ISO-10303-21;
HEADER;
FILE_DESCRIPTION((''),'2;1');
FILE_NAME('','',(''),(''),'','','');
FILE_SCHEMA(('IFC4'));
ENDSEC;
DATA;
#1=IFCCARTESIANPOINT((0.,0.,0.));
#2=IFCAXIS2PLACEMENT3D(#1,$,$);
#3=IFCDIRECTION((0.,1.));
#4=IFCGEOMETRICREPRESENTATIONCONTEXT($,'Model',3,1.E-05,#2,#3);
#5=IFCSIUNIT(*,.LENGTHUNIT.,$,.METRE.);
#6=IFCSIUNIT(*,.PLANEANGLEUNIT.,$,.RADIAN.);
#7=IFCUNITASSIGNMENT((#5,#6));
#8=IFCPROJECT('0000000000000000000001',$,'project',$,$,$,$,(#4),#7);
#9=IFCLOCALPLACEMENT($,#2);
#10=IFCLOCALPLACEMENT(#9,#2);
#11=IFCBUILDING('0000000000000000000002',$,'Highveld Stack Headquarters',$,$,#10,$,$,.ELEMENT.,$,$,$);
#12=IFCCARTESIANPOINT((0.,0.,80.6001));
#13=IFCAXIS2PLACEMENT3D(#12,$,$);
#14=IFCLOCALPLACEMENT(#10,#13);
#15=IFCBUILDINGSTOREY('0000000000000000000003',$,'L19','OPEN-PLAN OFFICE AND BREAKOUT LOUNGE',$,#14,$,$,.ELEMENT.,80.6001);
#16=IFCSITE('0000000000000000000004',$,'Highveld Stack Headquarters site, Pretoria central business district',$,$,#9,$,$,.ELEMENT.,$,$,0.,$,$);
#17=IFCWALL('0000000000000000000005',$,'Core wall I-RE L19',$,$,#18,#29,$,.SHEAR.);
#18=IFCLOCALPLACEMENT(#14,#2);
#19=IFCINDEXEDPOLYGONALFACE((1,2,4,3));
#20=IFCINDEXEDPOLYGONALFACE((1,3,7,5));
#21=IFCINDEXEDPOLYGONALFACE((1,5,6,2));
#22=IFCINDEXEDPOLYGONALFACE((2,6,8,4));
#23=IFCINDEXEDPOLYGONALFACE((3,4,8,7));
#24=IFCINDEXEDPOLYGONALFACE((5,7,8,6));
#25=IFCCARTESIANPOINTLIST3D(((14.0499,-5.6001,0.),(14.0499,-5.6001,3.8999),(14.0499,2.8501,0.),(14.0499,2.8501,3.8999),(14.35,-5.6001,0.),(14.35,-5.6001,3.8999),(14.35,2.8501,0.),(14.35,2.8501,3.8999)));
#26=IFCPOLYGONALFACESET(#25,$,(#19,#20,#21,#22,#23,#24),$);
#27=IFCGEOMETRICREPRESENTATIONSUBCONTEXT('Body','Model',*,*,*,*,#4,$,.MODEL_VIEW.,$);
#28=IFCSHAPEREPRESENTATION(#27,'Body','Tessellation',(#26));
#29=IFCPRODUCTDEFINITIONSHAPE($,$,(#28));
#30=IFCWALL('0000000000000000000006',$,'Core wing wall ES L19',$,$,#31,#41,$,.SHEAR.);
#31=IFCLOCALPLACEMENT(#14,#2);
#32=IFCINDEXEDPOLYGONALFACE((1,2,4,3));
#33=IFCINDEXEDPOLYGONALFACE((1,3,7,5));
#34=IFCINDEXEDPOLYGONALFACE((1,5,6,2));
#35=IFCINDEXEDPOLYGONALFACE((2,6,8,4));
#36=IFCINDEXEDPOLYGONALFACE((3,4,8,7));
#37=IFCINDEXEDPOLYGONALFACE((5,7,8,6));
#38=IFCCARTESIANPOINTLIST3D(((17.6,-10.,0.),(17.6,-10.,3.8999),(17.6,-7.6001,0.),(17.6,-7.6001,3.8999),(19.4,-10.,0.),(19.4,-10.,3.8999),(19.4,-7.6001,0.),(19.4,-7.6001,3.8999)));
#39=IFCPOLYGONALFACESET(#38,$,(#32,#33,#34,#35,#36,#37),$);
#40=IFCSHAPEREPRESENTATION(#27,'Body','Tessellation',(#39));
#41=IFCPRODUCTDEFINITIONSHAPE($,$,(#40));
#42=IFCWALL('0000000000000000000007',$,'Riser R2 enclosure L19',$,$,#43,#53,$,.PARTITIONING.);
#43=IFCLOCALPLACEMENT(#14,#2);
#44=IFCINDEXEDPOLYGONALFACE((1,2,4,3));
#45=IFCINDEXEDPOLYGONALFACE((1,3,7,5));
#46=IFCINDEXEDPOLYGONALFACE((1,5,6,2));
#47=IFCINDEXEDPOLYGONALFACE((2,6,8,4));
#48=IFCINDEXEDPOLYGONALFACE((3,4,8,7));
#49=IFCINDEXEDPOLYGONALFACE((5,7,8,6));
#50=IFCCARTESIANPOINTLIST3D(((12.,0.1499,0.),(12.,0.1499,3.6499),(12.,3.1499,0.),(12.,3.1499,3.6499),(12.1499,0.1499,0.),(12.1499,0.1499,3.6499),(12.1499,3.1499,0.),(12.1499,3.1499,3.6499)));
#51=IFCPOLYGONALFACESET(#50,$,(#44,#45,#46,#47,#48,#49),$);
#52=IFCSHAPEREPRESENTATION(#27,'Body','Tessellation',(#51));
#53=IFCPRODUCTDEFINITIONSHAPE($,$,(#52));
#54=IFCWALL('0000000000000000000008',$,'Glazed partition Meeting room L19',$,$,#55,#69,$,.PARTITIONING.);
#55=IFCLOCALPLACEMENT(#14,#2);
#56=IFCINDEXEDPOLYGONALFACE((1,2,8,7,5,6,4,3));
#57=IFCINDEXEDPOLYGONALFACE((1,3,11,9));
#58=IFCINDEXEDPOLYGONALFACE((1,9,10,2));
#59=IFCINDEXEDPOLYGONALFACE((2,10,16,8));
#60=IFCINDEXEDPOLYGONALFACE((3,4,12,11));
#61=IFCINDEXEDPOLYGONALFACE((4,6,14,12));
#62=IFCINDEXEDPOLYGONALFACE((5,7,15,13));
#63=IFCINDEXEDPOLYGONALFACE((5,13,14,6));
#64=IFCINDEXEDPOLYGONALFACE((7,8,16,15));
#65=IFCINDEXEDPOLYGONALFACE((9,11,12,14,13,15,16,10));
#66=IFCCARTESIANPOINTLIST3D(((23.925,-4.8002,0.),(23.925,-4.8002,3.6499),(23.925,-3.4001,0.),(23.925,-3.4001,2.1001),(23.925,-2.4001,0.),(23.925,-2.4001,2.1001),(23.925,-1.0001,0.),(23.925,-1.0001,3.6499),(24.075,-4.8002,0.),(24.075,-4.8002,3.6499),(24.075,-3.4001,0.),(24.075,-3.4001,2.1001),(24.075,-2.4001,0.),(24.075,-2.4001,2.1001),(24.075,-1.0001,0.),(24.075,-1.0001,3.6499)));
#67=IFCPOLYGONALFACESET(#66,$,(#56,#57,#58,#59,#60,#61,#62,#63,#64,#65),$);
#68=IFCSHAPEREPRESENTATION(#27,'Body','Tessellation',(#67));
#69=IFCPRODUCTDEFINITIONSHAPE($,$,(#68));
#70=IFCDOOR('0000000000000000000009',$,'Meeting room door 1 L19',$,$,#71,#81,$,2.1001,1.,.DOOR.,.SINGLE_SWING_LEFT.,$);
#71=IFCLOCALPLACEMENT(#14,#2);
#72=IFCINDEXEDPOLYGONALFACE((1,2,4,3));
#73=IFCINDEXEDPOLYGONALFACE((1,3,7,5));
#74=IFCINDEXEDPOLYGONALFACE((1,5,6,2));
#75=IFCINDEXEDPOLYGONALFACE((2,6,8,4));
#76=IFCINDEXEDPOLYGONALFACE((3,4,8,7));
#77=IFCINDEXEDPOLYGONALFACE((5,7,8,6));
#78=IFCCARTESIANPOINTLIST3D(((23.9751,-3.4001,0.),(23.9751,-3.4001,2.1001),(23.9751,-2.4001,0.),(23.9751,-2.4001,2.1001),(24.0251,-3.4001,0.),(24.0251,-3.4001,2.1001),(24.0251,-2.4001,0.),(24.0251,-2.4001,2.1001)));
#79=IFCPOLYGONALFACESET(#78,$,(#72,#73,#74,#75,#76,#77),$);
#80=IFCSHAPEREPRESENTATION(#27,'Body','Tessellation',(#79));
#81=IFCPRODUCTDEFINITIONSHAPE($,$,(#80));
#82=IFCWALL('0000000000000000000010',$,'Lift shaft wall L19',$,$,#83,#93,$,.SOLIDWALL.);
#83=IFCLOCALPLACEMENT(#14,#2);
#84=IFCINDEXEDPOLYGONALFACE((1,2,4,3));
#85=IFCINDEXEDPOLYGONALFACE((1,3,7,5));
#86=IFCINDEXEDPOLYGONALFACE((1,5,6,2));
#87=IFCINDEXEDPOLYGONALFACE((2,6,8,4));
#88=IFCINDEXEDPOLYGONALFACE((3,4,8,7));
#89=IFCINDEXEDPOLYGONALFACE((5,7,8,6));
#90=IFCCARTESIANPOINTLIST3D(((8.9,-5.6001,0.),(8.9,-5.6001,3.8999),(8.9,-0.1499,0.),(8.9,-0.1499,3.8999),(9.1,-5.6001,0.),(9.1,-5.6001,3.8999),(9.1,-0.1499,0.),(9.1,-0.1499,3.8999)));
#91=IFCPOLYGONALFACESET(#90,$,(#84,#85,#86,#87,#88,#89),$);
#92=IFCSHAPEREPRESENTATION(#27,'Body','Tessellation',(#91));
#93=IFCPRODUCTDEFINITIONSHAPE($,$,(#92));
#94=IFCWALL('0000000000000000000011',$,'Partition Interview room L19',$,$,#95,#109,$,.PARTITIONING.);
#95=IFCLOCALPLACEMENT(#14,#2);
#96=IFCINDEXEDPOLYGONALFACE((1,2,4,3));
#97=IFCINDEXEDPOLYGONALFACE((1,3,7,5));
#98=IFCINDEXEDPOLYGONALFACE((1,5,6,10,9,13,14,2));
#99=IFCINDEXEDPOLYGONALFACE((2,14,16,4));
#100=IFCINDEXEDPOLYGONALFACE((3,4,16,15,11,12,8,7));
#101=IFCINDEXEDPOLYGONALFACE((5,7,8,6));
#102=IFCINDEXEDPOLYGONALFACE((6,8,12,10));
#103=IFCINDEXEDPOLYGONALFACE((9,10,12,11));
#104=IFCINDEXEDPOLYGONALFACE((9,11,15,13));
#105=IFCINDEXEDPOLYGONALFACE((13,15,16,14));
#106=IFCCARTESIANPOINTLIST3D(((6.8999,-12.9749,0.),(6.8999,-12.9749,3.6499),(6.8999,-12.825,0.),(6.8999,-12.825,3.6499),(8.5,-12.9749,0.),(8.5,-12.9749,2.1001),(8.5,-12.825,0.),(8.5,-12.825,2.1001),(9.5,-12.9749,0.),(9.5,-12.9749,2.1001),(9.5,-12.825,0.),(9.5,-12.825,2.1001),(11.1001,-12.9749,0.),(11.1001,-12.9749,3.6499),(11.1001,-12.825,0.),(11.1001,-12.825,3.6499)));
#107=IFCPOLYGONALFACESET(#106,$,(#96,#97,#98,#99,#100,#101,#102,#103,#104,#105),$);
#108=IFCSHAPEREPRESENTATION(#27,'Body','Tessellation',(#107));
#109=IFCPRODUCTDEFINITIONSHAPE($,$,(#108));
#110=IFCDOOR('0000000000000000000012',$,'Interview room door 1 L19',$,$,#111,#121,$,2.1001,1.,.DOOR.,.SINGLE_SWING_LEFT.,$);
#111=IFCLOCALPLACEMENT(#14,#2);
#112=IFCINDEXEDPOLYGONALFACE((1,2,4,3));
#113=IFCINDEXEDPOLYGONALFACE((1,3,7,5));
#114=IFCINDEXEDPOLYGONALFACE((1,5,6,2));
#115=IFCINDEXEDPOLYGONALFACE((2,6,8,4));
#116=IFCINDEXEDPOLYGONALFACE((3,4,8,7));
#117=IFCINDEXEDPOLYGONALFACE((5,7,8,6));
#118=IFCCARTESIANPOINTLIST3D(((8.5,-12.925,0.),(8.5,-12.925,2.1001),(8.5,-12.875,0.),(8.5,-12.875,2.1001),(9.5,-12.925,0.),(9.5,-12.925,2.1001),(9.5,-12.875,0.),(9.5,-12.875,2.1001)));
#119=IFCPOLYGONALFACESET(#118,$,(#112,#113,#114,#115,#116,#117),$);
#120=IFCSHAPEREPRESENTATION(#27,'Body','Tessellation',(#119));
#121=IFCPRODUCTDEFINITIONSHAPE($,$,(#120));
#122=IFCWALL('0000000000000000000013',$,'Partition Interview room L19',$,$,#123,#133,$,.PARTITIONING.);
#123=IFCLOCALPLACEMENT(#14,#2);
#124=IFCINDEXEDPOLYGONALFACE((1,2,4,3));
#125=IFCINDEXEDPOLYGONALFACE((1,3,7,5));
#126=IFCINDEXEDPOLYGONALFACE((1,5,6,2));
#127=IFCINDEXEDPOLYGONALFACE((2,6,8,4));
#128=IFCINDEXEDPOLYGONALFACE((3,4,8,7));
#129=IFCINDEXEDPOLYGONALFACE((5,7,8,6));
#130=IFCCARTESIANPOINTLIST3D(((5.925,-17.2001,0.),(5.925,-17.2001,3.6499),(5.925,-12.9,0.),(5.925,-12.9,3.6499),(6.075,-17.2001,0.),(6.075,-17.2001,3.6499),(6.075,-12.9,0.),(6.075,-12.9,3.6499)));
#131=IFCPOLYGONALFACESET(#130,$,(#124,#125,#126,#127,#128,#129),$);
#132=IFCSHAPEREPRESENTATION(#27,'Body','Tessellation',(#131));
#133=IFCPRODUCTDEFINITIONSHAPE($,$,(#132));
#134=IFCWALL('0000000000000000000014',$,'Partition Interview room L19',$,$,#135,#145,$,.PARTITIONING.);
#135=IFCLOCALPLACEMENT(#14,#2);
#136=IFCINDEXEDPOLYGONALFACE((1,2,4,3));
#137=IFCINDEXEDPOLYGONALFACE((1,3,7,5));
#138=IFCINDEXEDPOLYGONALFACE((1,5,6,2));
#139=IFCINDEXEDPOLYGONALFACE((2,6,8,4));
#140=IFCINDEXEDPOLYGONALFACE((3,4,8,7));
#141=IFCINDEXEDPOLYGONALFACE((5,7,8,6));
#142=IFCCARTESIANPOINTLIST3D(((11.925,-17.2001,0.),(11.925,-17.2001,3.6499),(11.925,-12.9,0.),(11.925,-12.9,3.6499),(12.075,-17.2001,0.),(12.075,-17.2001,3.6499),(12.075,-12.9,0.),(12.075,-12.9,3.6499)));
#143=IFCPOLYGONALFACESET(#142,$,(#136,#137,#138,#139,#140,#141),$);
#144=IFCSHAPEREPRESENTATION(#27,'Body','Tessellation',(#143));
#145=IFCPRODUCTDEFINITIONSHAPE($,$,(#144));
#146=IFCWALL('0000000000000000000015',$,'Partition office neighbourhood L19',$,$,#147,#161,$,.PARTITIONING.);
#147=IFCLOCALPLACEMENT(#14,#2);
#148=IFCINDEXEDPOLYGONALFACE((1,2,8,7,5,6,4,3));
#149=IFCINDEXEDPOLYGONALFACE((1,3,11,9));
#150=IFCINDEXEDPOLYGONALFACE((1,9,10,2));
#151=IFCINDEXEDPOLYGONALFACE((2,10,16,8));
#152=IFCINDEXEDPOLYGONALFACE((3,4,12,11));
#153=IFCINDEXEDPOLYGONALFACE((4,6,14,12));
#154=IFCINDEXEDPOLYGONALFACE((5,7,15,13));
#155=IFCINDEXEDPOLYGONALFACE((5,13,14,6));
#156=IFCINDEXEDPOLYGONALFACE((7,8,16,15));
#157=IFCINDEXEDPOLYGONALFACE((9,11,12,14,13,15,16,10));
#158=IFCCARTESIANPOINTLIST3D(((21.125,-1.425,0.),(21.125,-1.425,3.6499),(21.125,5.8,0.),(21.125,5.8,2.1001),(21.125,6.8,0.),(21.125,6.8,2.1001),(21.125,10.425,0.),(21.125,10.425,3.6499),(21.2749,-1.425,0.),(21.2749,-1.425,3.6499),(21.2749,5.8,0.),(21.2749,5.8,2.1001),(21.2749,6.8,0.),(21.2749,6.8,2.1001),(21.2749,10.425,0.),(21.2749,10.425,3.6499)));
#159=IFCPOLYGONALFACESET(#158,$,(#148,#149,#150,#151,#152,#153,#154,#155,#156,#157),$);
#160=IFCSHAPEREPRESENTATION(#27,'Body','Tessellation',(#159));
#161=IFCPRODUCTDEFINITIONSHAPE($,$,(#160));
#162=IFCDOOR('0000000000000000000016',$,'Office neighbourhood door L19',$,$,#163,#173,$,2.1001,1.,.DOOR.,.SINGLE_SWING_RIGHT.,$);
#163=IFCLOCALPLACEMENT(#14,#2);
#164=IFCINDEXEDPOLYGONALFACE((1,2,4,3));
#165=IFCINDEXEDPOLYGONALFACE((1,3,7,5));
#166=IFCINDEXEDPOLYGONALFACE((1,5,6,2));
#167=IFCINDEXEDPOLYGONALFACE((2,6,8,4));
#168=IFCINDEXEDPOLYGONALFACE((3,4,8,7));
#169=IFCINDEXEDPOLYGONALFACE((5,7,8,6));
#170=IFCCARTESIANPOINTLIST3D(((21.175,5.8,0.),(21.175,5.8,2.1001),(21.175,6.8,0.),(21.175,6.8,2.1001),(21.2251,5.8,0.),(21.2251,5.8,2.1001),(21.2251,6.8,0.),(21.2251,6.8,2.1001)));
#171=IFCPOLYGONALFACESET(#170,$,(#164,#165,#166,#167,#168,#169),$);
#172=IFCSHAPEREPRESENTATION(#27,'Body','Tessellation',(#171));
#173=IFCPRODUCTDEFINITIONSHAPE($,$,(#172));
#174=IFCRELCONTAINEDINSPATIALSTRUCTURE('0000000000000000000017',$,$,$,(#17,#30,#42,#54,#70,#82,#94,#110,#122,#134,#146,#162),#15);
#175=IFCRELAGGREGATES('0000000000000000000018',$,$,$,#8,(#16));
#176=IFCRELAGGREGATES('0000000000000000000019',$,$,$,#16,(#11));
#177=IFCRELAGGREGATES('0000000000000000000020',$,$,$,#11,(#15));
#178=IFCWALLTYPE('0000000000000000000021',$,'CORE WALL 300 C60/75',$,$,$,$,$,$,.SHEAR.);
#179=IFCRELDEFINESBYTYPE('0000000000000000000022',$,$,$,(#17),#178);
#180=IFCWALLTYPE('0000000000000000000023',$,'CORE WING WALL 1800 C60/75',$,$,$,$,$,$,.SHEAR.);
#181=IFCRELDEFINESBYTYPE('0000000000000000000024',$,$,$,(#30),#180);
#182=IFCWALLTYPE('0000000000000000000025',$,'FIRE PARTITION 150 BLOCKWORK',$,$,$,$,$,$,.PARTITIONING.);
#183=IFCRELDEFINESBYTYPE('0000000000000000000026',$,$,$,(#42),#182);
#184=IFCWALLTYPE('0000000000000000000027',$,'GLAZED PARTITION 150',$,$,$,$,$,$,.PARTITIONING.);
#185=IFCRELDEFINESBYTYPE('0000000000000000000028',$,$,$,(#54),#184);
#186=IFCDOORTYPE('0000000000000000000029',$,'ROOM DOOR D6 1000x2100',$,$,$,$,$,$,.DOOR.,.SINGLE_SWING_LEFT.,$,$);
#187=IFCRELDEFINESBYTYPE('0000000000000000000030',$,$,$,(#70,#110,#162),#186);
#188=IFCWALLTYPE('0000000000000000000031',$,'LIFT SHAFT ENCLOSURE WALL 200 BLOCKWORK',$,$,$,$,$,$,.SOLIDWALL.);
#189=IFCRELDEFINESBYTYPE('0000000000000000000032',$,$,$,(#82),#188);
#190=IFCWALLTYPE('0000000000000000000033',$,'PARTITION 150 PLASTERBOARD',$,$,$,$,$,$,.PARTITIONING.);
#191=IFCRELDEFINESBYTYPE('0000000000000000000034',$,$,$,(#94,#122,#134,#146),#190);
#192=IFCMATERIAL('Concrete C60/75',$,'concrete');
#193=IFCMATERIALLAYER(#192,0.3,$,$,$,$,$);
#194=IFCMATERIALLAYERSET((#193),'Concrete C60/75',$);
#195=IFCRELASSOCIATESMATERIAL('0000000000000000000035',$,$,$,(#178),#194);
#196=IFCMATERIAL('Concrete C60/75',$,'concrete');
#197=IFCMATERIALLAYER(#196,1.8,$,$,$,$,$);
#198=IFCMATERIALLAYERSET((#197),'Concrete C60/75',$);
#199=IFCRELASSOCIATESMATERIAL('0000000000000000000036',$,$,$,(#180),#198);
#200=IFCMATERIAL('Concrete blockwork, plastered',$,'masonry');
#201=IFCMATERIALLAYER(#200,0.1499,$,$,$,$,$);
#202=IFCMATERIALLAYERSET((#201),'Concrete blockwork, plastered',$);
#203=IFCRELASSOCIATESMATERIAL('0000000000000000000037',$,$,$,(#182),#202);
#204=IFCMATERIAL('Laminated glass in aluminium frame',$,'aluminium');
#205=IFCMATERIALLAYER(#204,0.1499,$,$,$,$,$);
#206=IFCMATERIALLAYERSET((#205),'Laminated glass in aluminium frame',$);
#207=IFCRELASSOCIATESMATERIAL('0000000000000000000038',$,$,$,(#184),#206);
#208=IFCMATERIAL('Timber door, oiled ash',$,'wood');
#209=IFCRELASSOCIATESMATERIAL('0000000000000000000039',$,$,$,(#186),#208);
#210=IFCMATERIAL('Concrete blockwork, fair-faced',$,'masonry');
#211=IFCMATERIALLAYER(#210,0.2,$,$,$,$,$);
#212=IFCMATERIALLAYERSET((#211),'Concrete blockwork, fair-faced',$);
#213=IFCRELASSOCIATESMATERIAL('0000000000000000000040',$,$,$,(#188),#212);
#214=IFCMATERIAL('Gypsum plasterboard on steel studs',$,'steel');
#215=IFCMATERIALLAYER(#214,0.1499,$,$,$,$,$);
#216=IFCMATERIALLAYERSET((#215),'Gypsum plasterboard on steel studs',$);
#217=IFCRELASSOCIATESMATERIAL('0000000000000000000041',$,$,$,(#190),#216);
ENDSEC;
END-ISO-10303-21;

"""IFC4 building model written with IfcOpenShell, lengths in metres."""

from ifc_helpers import new_model, si_unit, direction, frame, frame_2d, origin, place, context, subcontext, project, spatial, rectangle, extrude, material, layer, layer_set, type_object, element, fill, save


model = new_model("IFC4")

# Units and contexts
model_context = context("Model", 3, precision=1e-05, world=origin(), true_north=direction((0.0, 1.0)))
body_context = subcontext(model_context, "Body", "Model", "MODEL_VIEW")
ifc_project = project(units=[si_unit("LENGTHUNIT", "METRE"), si_unit("PLANEANGLEUNIT", "RADIAN")], contexts=[model_context])

# Site, building, storey
site_placement = place(None, origin())
site = spatial("IfcSite", under=ifc_project, at=site_placement, Name="Highveld Stack Headquarters site, Pretoria central business district", CompositionType="ELEMENT", RefElevation=0.0)
building_placement = place(site_placement, origin())
building = spatial("IfcBuilding", under=site, at=building_placement, Name="Highveld Stack Headquarters", CompositionType="ELEMENT")
storey_placement = place(building_placement, frame((0.0, 0.0, 80.6001)))
storey = spatial("IfcBuildingStorey", under=building, at=storey_placement, Name="L19", Description="OPEN-PLAN OFFICE AND BREAKOUT LOUNGE", CompositionType="ELEMENT", Elevation=80.6001)

# Shared definitions
ifc_material_1 = material(Name="Concrete C60/75", Category="concrete")
ifc_layer_1 = layer(ifc_material_1, 0.3)
ifc_layer_set_1 = layer_set([ifc_layer_1], Name="Concrete C60/75")
wall_type_1 = type_object("IfcWallType", Name="CORE WALL 300 C60/75", PredefinedType="SHEAR", material=ifc_layer_set_1)

# Walls
wall_1_placement = place(storey_placement, frame((14.2, -5.6001, 0.0), z_axis=(0.0, 0.0, 1.0), x_axis=(0.0, 1.0, 0.0)))
element("IfcWall", 1, at=wall_1_placement, inside=storey, type_object=wall_type_1, Name="Core wall I-RE L19", PredefinedType="SHEAR", context=body_context, shape_type="SweptSolid", body=[
    extrude(rectangle(XDim=8.4502, YDim=0.3, at=frame_2d((4.2251, 0.0))), origin(), (0.0, 0.0, 1.0), 3.8999),
])
ifc_material_2 = material(Name="Concrete C60/75", Category="concrete")
ifc_layer_2 = layer(ifc_material_2, 1.8)
ifc_layer_set_2 = layer_set([ifc_layer_2], Name="Concrete C60/75")
wall_type_2 = type_object("IfcWallType", Name="CORE WING WALL 1800 C60/75", PredefinedType="SHEAR", material=ifc_layer_set_2)
wall_2_placement = place(storey_placement, frame((18.5, -10.0, 0.0), z_axis=(0.0, 0.0, 1.0), x_axis=(0.0, 1.0, 0.0)))
element("IfcWall", 2, at=wall_2_placement, inside=storey, type_object=wall_type_2, Name="Core wing wall ES L19", PredefinedType="SHEAR", context=body_context, shape_type="SweptSolid", body=[
    extrude(rectangle(XDim=2.3999, YDim=1.8, at=frame_2d((1.2, 0.0))), origin(), (0.0, 0.0, 1.0), 3.8999),
])
ifc_material_3 = material(Name="Concrete blockwork, plastered", Category="masonry")
ifc_layer_3 = layer(ifc_material_3, 0.1499)
ifc_layer_set_3 = layer_set([ifc_layer_3], Name="Concrete blockwork, plastered")
wall_type_3 = type_object("IfcWallType", Name="FIRE PARTITION 150 BLOCKWORK", PredefinedType="PARTITIONING", material=ifc_layer_set_3)
wall_3_placement = place(storey_placement, frame((12.075, 0.1499, 0.0), z_axis=(0.0, 0.0, 1.0), x_axis=(0.0, 1.0, 0.0)))
element("IfcWall", 3, at=wall_3_placement, inside=storey, type_object=wall_type_3, Name="Riser R2 enclosure L19", PredefinedType="PARTITIONING", context=body_context, shape_type="SweptSolid", body=[
    extrude(rectangle(XDim=3.0, YDim=0.1499, at=frame_2d((1.5, 0.0))), origin(), (0.0, 0.0, 1.0), 3.6499),
])

# Wall, opening, door
ifc_material_4 = material(Name="Laminated glass in aluminium frame", Category="aluminium")
ifc_layer_4 = layer(ifc_material_4, 0.1499)
ifc_layer_set_4 = layer_set([ifc_layer_4], Name="Laminated glass in aluminium frame")
wall_type_4 = type_object("IfcWallType", Name="GLAZED PARTITION 150", PredefinedType="PARTITIONING", material=ifc_layer_set_4)
wall_4_placement = place(storey_placement, frame((24.0, -4.8, 0.0), z_axis=(0.0, 0.0, 1.0), x_axis=(0.0, 1.0, 0.0)))
wall_4 = element("IfcWall", 4, at=wall_4_placement, inside=storey, type_object=wall_type_4, Name="Glazed partition Meeting room L19", PredefinedType="PARTITIONING", context=body_context, shape_type="SweptSolid", body=[
    extrude(rectangle(XDim=3.8, YDim=0.1499, at=frame_2d((1.8999, 0.0))), origin(), (0.0, 0.0, 1.0), 3.6499),
])
opening_1_placement = place(wall_4_placement, frame((1.3999, 0.0, 0.0)))
opening_1 = element("IfcOpeningElement", 5, at=opening_1_placement, cuts=wall_4, PredefinedType="OPENING", context=body_context, shape_type="SweptSolid", body=[
    extrude(rectangle(XDim=1.0, YDim=2.1001, at=frame_2d((0.5, 1.05))), frame((0.0, 0.085, 0.0), z_axis=(0.0, -1.0, 0.0), x_axis=(1.0, 0.0, 0.0)), (0.0, 0.0, 1.0), 0.1699),
])
ifc_material_5 = material(Name="Timber door, oiled ash", Category="wood")
door_type_1 = type_object("IfcDoorType", Name="ROOM DOOR D6 1000x2100", OperationType="SINGLE_SWING_LEFT", PredefinedType="DOOR", material=ifc_material_5)
door_1_placement = place(opening_1_placement, origin())
door_1 = element("IfcDoor", 6, at=door_1_placement, inside=storey, type_object=door_type_1, Name="Meeting room door 1 L19", OperationType="SINGLE_SWING_LEFT", OverallHeight=2.1001, OverallWidth=1.0, PredefinedType="DOOR", context=body_context, shape_type="SweptSolid", body=[
    extrude(rectangle(XDim=1.0, YDim=2.1001, at=frame_2d((0.5, 1.05))), frame((0.0, 0.0249, 0.0), z_axis=(0.0, -1.0, 0.0), x_axis=(1.0, 0.0, 0.0)), (0.0, 0.0, 1.0), 0.05),
])
fill(opening_1, door_1)

# Wall
ifc_material_6 = material(Name="Concrete blockwork, fair-faced", Category="masonry")
ifc_layer_5 = layer(ifc_material_6, 0.2)
ifc_layer_set_5 = layer_set([ifc_layer_5], Name="Concrete blockwork, fair-faced")
wall_type_5 = type_object("IfcWallType", Name="LIFT SHAFT ENCLOSURE WALL 200 BLOCKWORK", PredefinedType="SOLIDWALL", material=ifc_layer_set_5)
wall_5_placement = place(storey_placement, frame((9.0, -5.6001, 0.0), z_axis=(0.0, 0.0, 1.0), x_axis=(0.0, 1.0, 0.0)))
element("IfcWall", 7, at=wall_5_placement, inside=storey, type_object=wall_type_5, Name="Lift shaft wall L19", PredefinedType="SOLIDWALL", context=body_context, shape_type="SweptSolid", body=[
    extrude(rectangle(XDim=5.4502, YDim=0.2, at=frame_2d((2.7251, 0.0))), origin(), (0.0, 0.0, 1.0), 3.8999),
])

# Wall, opening, door
ifc_material_7 = material(Name="Gypsum plasterboard on steel studs", Category="steel")
ifc_layer_6 = layer(ifc_material_7, 0.1499)
ifc_layer_set_6 = layer_set([ifc_layer_6], Name="Gypsum plasterboard on steel studs")
wall_type_6 = type_object("IfcWallType", Name="PARTITION 150 PLASTERBOARD", PredefinedType="PARTITIONING", material=ifc_layer_set_6)
wall_6_placement = place(storey_placement, frame((6.8999, -12.8999, 0.0), z_axis=(0.0, 0.0, 1.0), x_axis=(1.0, 0.0, 0.0)))
wall_6 = element("IfcWall", 8, at=wall_6_placement, inside=storey, type_object=wall_type_6, Name="Partition Interview room L19", PredefinedType="PARTITIONING", context=body_context, shape_type="SweptSolid", body=[
    extrude(rectangle(XDim=4.2002, YDim=0.1499, at=frame_2d((2.1001, 0.0))), origin(), (0.0, 0.0, 1.0), 3.6499),
])
opening_2_placement = place(wall_6_placement, frame((1.6001, 0.0, 0.0)))
opening_2 = element("IfcOpeningElement", 9, at=opening_2_placement, cuts=wall_6, PredefinedType="OPENING", context=body_context, shape_type="SweptSolid", body=[
    extrude(rectangle(XDim=1.0, YDim=2.1001, at=frame_2d((0.5, 1.05))), frame((0.0, 0.085, 0.0), z_axis=(0.0, -1.0, 0.0), x_axis=(1.0, 0.0, 0.0)), (0.0, 0.0, 1.0), 0.1699),
])
door_2_placement = place(opening_2_placement, origin())
door_2 = element("IfcDoor", 10, at=door_2_placement, inside=storey, type_object=door_type_1, Name="Interview room door 1 L19", OperationType="SINGLE_SWING_LEFT", OverallHeight=2.1001, OverallWidth=1.0, PredefinedType="DOOR", context=body_context, shape_type="SweptSolid", body=[
    extrude(rectangle(XDim=1.0, YDim=2.1001, at=frame_2d((0.5, 1.05))), frame((0.0, 0.0249, 0.0), z_axis=(0.0, -1.0, 0.0), x_axis=(1.0, 0.0, 0.0)), (0.0, 0.0, 1.0), 0.05),
])
fill(opening_2, door_2)

# Walls
for number, where, z_axis, x_axis, name in (
    (11, (6.0, -17.2, 0.0), (0.0, 0.0, 1.0), (0.0, 1.0, 0.0), "Partition Interview room L19"),
    (12, (12.0, -17.2, 0.0), (0.0, 0.0, 1.0), (0.0, 1.0, 0.0), "Partition Interview room L19"),
):
    element("IfcWall", number, at=place(storey_placement, frame(where, z_axis=z_axis, x_axis=x_axis)), inside=storey, type_object=wall_type_6, Name=name, PredefinedType="PARTITIONING", context=body_context, shape_type="SweptSolid", body=[
        extrude(rectangle(XDim=4.3, YDim=0.1499, at=frame_2d((2.1499, 0.0))), origin(), (0.0, 0.0, 1.0), 3.6499),
    ])

# Wall, opening, door
wall_7_placement = place(storey_placement, frame((21.2, -1.425, 0.0), z_axis=(0.0, 0.0, 1.0), x_axis=(0.0, 1.0, 0.0)))
wall_7 = element("IfcWall", 13, at=wall_7_placement, inside=storey, type_object=wall_type_6, Name="Partition office neighbourhood L19", PredefinedType="PARTITIONING", context=body_context, shape_type="SweptSolid", body=[
    extrude(rectangle(XDim=11.8501, YDim=0.1499, at=frame_2d((5.925, 0.0))), origin(), (0.0, 0.0, 1.0), 3.6499),
])
opening_3_placement = place(wall_7_placement, frame((7.2251, 0.0, 0.0)))
opening_3 = element("IfcOpeningElement", 14, at=opening_3_placement, cuts=wall_7, PredefinedType="OPENING", context=body_context, shape_type="SweptSolid", body=[
    extrude(rectangle(XDim=1.0, YDim=2.1001, at=frame_2d((0.5, 1.05))), frame((0.0, 0.085, 0.0), z_axis=(0.0, -1.0, 0.0), x_axis=(1.0, 0.0, 0.0)), (0.0, 0.0, 1.0), 0.1699),
])
door_3_placement = place(opening_3_placement, origin())
door_3 = element("IfcDoor", 15, at=door_3_placement, inside=storey, type_object=door_type_1, Name="Office neighbourhood door L19", OperationType="SINGLE_SWING_RIGHT", OverallHeight=2.1001, OverallWidth=1.0, PredefinedType="DOOR", context=body_context, shape_type="SweptSolid", body=[
    extrude(rectangle(XDim=1.0, YDim=2.1001, at=frame_2d((0.5, 1.05))), frame((0.0, 0.0249, 0.0), z_axis=(0.0, -1.0, 0.0), x_axis=(1.0, 0.0, 0.0)), (0.0, 0.0, 1.0), 0.05),
])
fill(opening_3, door_3)

save(model, "model.ifc")
